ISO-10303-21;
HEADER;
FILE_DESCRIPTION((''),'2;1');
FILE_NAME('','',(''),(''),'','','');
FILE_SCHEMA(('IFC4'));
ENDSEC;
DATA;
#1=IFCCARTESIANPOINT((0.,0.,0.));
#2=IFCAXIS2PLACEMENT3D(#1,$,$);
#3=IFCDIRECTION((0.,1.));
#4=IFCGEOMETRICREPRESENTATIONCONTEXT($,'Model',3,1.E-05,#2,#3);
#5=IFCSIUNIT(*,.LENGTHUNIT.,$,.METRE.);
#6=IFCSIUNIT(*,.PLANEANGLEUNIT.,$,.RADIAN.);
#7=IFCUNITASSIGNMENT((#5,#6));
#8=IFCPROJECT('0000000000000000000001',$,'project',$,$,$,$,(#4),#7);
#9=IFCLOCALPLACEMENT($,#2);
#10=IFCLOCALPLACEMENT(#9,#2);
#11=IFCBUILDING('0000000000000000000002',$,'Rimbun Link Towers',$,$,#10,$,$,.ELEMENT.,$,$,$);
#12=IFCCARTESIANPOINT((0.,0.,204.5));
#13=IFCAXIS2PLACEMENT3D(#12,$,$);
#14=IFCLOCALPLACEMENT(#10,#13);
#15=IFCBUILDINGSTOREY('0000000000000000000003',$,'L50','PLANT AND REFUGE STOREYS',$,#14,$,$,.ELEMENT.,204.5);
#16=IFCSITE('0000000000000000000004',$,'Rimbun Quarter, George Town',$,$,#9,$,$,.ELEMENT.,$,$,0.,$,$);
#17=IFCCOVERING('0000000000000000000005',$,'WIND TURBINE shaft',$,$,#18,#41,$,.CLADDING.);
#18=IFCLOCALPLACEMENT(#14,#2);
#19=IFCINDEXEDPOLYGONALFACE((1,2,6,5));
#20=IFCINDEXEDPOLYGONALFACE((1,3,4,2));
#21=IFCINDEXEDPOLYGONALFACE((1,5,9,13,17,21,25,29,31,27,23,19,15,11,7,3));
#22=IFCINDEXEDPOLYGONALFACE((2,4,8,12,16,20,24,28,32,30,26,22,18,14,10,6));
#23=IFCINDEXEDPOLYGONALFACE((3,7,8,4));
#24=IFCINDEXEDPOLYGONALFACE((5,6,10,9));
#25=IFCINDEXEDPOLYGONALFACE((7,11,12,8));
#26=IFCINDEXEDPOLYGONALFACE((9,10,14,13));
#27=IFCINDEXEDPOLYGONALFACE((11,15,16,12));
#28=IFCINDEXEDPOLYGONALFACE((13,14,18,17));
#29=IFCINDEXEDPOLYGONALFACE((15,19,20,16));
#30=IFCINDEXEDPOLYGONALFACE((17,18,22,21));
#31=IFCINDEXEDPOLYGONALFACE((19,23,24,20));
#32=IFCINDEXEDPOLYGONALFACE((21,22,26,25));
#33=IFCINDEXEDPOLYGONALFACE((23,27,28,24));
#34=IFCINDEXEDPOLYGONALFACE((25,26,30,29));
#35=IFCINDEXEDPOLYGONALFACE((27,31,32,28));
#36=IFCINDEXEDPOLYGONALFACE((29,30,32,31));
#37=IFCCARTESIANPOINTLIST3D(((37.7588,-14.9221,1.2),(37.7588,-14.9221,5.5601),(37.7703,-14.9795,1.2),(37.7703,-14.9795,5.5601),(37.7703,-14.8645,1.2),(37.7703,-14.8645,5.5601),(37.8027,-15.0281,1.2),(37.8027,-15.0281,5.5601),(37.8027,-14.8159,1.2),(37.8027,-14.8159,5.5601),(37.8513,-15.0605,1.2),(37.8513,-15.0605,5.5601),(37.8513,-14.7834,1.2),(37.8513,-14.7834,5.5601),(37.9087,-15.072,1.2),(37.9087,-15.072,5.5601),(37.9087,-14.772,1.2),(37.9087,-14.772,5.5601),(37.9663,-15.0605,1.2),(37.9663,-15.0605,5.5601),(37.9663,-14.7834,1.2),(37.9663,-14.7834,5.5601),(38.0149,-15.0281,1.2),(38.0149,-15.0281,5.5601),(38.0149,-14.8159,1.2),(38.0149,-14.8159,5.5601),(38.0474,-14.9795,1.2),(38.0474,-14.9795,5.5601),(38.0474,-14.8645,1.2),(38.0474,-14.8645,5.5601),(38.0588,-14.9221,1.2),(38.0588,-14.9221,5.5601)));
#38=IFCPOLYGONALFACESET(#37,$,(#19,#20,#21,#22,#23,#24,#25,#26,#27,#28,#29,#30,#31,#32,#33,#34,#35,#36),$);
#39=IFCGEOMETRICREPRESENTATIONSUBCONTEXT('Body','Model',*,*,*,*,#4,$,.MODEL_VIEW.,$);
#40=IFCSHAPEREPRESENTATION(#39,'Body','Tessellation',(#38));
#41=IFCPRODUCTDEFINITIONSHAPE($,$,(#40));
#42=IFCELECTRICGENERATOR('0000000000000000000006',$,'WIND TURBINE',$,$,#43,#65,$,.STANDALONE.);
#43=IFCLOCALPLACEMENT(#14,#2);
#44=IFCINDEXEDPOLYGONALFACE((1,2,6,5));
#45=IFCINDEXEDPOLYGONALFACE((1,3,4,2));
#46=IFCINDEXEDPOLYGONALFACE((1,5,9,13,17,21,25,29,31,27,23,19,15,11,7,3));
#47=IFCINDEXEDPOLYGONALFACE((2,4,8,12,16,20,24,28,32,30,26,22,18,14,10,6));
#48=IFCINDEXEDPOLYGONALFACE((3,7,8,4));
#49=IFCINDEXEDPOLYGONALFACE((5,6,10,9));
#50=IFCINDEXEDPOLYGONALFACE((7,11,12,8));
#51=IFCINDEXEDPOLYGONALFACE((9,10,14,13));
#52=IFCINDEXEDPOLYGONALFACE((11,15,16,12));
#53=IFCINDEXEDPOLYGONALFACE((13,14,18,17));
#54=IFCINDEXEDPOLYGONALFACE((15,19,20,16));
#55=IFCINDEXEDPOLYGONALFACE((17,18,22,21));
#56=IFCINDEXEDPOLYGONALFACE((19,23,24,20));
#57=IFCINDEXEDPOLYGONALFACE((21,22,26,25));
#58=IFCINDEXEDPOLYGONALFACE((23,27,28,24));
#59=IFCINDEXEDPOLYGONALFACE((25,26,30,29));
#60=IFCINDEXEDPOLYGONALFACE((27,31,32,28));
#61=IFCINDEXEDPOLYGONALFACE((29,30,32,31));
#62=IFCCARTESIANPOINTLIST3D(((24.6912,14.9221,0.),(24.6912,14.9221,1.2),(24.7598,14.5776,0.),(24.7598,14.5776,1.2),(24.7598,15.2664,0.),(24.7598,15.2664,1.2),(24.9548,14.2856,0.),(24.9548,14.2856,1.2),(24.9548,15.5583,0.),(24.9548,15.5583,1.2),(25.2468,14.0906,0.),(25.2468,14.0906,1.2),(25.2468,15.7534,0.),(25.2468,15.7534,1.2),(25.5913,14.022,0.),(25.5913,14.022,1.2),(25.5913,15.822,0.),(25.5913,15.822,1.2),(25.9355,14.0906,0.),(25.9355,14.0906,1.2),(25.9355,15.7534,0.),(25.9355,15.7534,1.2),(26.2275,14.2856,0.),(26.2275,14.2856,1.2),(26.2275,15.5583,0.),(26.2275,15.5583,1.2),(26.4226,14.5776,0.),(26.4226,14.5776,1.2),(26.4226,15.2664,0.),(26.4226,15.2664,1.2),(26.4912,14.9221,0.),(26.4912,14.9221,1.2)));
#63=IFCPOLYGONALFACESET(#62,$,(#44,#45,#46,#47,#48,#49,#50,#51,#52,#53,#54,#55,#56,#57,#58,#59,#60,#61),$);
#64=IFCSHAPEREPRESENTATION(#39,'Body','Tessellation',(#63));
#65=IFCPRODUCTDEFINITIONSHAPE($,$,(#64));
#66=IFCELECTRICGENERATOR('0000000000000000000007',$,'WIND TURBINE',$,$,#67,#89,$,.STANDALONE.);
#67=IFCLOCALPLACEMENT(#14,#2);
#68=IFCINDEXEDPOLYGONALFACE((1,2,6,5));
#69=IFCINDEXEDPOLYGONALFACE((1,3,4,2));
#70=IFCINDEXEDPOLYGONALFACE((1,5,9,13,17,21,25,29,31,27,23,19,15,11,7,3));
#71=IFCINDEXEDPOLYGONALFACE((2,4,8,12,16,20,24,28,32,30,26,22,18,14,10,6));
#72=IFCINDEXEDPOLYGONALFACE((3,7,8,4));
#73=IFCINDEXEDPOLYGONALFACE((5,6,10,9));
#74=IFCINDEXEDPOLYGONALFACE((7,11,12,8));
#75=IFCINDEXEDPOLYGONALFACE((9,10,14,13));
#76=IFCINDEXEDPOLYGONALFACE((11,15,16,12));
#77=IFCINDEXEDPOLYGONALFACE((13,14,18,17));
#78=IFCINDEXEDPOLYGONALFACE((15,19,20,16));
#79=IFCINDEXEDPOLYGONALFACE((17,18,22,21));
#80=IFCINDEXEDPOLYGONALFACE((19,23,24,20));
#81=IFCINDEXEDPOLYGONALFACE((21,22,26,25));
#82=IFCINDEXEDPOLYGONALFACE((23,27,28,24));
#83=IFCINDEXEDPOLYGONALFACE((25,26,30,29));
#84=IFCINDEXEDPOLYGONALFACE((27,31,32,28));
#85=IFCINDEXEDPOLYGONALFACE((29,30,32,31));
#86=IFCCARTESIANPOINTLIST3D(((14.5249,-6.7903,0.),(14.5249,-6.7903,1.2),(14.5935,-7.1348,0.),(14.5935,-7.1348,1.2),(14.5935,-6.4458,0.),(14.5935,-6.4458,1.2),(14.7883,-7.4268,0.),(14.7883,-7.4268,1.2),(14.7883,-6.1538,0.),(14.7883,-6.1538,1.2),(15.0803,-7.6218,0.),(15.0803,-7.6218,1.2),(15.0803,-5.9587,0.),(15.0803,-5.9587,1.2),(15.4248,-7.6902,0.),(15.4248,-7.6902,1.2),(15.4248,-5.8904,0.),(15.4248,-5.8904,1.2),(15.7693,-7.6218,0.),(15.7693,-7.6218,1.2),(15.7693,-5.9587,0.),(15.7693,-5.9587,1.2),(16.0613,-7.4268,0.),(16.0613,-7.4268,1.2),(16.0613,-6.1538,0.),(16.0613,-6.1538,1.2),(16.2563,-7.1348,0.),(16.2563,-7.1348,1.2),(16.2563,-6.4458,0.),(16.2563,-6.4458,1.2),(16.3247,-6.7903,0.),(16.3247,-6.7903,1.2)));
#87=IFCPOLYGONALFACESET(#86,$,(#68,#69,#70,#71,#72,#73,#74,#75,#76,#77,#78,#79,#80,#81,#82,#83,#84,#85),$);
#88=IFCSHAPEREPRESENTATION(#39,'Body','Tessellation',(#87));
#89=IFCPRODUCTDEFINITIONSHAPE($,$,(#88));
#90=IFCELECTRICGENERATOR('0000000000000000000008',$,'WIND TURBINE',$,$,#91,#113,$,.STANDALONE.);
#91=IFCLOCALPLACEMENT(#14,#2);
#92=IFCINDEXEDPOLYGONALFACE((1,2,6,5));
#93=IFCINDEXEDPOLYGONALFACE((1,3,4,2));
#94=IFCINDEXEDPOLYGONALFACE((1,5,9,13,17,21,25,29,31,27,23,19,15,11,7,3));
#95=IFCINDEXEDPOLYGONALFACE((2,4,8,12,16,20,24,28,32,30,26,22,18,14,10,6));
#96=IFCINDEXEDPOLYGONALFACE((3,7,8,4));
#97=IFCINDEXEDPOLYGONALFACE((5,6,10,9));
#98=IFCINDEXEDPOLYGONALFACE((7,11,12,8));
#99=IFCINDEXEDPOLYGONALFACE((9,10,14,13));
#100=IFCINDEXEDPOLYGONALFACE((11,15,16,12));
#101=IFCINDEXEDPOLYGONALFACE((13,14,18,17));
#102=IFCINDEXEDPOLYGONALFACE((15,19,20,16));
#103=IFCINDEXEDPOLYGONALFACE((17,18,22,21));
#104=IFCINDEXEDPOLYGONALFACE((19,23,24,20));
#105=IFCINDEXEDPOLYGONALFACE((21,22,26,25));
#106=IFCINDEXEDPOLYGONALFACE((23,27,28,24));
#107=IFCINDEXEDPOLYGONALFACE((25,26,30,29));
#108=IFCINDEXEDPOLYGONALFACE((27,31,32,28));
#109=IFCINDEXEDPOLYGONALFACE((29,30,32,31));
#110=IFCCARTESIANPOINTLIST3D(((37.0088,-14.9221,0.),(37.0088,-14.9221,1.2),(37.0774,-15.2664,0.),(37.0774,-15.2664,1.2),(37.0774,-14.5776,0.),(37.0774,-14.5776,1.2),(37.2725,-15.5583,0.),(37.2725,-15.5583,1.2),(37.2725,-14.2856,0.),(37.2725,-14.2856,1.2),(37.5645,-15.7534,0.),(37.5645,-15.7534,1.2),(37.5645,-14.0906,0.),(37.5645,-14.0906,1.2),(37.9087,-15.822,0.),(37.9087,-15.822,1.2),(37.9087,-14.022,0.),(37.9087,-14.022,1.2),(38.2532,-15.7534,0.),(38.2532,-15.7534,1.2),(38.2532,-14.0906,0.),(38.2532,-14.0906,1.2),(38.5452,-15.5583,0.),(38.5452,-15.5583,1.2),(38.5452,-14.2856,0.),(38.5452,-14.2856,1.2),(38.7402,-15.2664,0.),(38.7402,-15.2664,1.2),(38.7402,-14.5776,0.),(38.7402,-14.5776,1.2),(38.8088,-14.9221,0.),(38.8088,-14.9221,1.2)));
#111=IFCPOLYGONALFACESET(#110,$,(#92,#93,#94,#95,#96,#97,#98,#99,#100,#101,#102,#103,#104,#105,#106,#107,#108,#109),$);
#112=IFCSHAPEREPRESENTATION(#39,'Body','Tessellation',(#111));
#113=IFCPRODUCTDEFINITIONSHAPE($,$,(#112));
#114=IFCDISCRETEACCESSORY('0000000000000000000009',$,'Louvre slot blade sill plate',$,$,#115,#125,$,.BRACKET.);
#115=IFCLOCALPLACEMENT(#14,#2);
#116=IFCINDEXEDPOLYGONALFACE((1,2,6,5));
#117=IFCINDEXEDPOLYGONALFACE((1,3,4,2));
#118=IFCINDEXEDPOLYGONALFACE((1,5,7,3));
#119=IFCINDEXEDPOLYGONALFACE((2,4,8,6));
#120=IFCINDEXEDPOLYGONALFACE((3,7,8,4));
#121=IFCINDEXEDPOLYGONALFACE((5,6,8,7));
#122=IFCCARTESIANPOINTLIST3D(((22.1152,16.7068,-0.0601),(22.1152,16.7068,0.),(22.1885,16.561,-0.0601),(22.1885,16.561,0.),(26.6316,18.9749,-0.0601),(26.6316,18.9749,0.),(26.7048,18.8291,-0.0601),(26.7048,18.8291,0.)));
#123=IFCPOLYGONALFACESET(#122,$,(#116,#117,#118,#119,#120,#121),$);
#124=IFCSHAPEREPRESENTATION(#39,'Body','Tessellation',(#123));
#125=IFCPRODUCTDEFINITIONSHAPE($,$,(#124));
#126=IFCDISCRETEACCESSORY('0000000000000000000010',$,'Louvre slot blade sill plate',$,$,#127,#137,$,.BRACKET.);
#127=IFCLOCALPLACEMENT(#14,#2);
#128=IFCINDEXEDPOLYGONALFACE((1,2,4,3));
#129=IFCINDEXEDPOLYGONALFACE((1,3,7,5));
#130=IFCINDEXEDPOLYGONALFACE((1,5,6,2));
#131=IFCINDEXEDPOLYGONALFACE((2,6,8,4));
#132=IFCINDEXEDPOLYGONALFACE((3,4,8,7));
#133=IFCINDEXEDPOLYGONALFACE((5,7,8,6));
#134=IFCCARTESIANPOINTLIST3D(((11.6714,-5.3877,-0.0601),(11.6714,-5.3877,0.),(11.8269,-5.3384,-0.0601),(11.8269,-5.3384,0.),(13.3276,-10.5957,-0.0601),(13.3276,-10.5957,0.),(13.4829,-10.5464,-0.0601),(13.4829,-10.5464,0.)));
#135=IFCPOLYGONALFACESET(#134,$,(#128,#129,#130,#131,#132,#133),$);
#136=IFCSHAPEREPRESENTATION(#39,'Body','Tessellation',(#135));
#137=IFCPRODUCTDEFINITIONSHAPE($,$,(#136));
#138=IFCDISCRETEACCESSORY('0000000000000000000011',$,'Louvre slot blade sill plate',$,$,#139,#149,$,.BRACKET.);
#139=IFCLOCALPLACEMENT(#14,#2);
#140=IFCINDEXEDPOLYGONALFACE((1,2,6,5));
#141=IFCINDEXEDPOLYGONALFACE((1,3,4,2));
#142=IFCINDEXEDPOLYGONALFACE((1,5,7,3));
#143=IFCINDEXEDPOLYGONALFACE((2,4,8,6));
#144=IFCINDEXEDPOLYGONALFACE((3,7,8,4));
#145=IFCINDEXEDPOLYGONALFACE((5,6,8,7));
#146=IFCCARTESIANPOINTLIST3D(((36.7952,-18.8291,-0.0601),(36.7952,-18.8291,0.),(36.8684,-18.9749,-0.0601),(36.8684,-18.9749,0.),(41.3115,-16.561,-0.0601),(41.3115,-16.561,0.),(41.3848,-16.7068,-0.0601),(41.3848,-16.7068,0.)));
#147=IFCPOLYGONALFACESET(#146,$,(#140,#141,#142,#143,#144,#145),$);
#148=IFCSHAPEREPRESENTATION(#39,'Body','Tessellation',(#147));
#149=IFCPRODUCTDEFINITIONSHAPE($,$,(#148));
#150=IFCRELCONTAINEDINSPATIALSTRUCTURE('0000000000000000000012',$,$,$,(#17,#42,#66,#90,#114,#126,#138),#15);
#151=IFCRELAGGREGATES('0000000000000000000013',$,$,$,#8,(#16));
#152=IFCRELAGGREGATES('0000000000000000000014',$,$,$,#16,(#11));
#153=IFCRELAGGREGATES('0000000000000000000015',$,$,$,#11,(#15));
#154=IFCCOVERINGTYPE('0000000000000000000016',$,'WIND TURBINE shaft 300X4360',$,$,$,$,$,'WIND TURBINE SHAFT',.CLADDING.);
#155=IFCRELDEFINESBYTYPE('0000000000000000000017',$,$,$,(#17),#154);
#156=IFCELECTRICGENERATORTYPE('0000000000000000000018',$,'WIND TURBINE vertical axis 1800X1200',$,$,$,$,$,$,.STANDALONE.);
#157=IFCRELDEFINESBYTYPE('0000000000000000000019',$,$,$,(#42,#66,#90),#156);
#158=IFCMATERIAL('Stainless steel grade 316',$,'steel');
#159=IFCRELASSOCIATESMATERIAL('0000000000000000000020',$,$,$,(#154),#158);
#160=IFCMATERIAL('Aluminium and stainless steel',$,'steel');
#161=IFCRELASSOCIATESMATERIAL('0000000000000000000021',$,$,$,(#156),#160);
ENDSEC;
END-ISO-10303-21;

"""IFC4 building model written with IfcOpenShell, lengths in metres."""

from ifc_helpers import new_model, si_unit, direction, frame, origin, place, context, subcontext, project, spatial, polyline, outline, extrude, material, type_object, element, save


model = new_model("IFC4")

# Units and contexts
model_context = context("Model", 3, precision=1e-05, world=origin(), true_north=direction((0.0, 1.0)))
body_context = subcontext(model_context, "Body", "Model", "MODEL_VIEW")
ifc_project = project(units=[si_unit("LENGTHUNIT", "METRE"), si_unit("PLANEANGLEUNIT", "RADIAN")], contexts=[model_context])

# Site, building, storey
site_placement = place(None, origin())
site = spatial("IfcSite", under=ifc_project, at=site_placement, Name="Rimbun Quarter, George Town", CompositionType="ELEMENT", RefElevation=0.0)
building_placement = place(site_placement, origin())
building = spatial("IfcBuilding", under=site, at=building_placement, Name="Rimbun Link Towers", CompositionType="ELEMENT")
storey_placement = place(building_placement, frame((0.0, 0.0, 204.5)))
storey = spatial("IfcBuildingStorey", under=building, at=storey_placement, Name="L50", Description="PLANT AND REFUGE STOREYS", CompositionType="ELEMENT", Elevation=204.5)

# Covering
ifc_material_1 = material(Name="Stainless steel grade 316", Category="steel")
covering_type_1 = type_object("IfcCoveringType", Name="WIND TURBINE shaft 300X4360", ElementType="WIND TURBINE SHAFT", PredefinedType="CLADDING", material=ifc_material_1)
covering_1_placement = place(storey_placement, frame((0.0, 0.0, 1.2)))
element("IfcCovering", 1, at=covering_1_placement, inside=storey, type_object=covering_type_1, Name="WIND TURBINE shaft", PredefinedType="CLADDING", context=body_context, shape_type="SweptSolid", body=[
    extrude(outline(polyline([(38.0588, -14.9221), (38.0474, -14.8645), (38.0149, -14.8159), (37.9663, -14.7834), (37.9087, -14.772), (37.8513, -14.7834), (37.8027, -14.8159), (37.7703, -14.8645), (37.7588, -14.9221), (37.7703, -14.9795), (37.8027, -15.0281), (37.8513, -15.0605), (37.9087, -15.072), (37.9663, -15.0605), (38.0149, -15.0281), (38.0474, -14.9795), (38.0588, -14.9221)])), origin(), (0.0, 0.0, 1.0), 4.3601),
])

# Electric generators
ifc_material_2 = material(Name="Aluminium and stainless steel", Category="steel")
electric_generator_type = type_object("IfcElectricGeneratorType", Name="WIND TURBINE vertical axis 1800X1200", PredefinedType="STANDALONE", material=ifc_material_2)
electric_generator_1_placement = place(storey_placement, origin())
element("IfcElectricGenerator", 2, at=electric_generator_1_placement, inside=storey, type_object=electric_generator_type, Name="WIND TURBINE", PredefinedType="STANDALONE", context=body_context, shape_type="SweptSolid", body=[
    extrude(outline(polyline([(26.4912, 14.9221), (26.4226, 15.2664), (26.2275, 15.5583), (25.9355, 15.7534), (25.5913, 15.822), (25.2468, 15.7534), (24.9548, 15.5583), (24.7598, 15.2664), (24.6912, 14.9221), (24.7598, 14.5776), (24.9548, 14.2856), (25.2468, 14.0906), (25.5913, 14.022), (25.9355, 14.0906), (26.2275, 14.2856), (26.4226, 14.5776), (26.4912, 14.9221)])), origin(), (0.0, 0.0, 1.0), 1.2),
])
electric_generator_2_placement = place(storey_placement, origin())
element("IfcElectricGenerator", 3, at=electric_generator_2_placement, inside=storey, type_object=electric_generator_type, Name="WIND TURBINE", PredefinedType="STANDALONE", context=body_context, shape_type="SweptSolid", body=[
    extrude(outline(polyline([(16.3247, -6.7903), (16.2563, -6.4458), (16.0613, -6.1538), (15.7693, -5.9587), (15.4248, -5.8904), (15.0803, -5.9587), (14.7883, -6.1538), (14.5935, -6.4458), (14.5249, -6.7903), (14.5935, -7.1348), (14.7883, -7.4268), (15.0803, -7.6218), (15.4248, -7.6902), (15.7693, -7.6218), (16.0613, -7.4268), (16.2563, -7.1348), (16.3247, -6.7903)])), origin(), (0.0, 0.0, 1.0), 1.2),
])
electric_generator_3_placement = place(storey_placement, origin())
element("IfcElectricGenerator", 4, at=electric_generator_3_placement, inside=storey, type_object=electric_generator_type, Name="WIND TURBINE", PredefinedType="STANDALONE", context=body_context, shape_type="SweptSolid", body=[
    extrude(outline(polyline([(38.8088, -14.9221), (38.7402, -14.5776), (38.5452, -14.2856), (38.2532, -14.0906), (37.9087, -14.022), (37.5645, -14.0906), (37.2725, -14.2856), (37.0774, -14.5776), (37.0088, -14.9221), (37.0774, -15.2664), (37.2725, -15.5583), (37.5645, -15.7534), (37.9087, -15.822), (38.2532, -15.7534), (38.5452, -15.5583), (38.7402, -15.2664), (38.8088, -14.9221)])), origin(), (0.0, 0.0, 1.0), 1.2),
])

# Discrete accessories
discrete_accessory_1_placement = place(storey_placement, frame((0.0, 0.0, -0.0601)))
element("IfcDiscreteAccessory", 5, at=discrete_accessory_1_placement, inside=storey, Name="Louvre slot blade sill plate", PredefinedType="BRACKET", context=body_context, shape_type="SweptSolid", body=[
    extrude(outline(polyline([(22.1885, 16.561), (22.1152, 16.7068), (26.6316, 18.9749), (26.7048, 18.8291), (22.1885, 16.561)])), origin(), (0.0, 0.0, 1.0), 0.0601),
])
discrete_accessory_2_placement = place(storey_placement, frame((0.0, 0.0, -0.0601)))
element("IfcDiscreteAccessory", 6, at=discrete_accessory_2_placement, inside=storey, Name="Louvre slot blade sill plate", PredefinedType="BRACKET", context=body_context, shape_type="SweptSolid", body=[
    extrude(outline(polyline([(13.4829, -10.5464), (13.3276, -10.5957), (11.6714, -5.3877), (11.8269, -5.3384), (13.4829, -10.5464)])), origin(), (0.0, 0.0, 1.0), 0.0601),
])
discrete_accessory_3_placement = place(storey_placement, frame((0.0, 0.0, -0.0601)))
element("IfcDiscreteAccessory", 7, at=discrete_accessory_3_placement, inside=storey, Name="Louvre slot blade sill plate", PredefinedType="BRACKET", context=body_context, shape_type="SweptSolid", body=[
    extrude(outline(polyline([(41.3115, -16.561), (41.3848, -16.7068), (36.8684, -18.9749), (36.7952, -18.8291), (41.3115, -16.561)])), origin(), (0.0, 0.0, 1.0), 0.0601),
])

save(model, "model.ifc")
